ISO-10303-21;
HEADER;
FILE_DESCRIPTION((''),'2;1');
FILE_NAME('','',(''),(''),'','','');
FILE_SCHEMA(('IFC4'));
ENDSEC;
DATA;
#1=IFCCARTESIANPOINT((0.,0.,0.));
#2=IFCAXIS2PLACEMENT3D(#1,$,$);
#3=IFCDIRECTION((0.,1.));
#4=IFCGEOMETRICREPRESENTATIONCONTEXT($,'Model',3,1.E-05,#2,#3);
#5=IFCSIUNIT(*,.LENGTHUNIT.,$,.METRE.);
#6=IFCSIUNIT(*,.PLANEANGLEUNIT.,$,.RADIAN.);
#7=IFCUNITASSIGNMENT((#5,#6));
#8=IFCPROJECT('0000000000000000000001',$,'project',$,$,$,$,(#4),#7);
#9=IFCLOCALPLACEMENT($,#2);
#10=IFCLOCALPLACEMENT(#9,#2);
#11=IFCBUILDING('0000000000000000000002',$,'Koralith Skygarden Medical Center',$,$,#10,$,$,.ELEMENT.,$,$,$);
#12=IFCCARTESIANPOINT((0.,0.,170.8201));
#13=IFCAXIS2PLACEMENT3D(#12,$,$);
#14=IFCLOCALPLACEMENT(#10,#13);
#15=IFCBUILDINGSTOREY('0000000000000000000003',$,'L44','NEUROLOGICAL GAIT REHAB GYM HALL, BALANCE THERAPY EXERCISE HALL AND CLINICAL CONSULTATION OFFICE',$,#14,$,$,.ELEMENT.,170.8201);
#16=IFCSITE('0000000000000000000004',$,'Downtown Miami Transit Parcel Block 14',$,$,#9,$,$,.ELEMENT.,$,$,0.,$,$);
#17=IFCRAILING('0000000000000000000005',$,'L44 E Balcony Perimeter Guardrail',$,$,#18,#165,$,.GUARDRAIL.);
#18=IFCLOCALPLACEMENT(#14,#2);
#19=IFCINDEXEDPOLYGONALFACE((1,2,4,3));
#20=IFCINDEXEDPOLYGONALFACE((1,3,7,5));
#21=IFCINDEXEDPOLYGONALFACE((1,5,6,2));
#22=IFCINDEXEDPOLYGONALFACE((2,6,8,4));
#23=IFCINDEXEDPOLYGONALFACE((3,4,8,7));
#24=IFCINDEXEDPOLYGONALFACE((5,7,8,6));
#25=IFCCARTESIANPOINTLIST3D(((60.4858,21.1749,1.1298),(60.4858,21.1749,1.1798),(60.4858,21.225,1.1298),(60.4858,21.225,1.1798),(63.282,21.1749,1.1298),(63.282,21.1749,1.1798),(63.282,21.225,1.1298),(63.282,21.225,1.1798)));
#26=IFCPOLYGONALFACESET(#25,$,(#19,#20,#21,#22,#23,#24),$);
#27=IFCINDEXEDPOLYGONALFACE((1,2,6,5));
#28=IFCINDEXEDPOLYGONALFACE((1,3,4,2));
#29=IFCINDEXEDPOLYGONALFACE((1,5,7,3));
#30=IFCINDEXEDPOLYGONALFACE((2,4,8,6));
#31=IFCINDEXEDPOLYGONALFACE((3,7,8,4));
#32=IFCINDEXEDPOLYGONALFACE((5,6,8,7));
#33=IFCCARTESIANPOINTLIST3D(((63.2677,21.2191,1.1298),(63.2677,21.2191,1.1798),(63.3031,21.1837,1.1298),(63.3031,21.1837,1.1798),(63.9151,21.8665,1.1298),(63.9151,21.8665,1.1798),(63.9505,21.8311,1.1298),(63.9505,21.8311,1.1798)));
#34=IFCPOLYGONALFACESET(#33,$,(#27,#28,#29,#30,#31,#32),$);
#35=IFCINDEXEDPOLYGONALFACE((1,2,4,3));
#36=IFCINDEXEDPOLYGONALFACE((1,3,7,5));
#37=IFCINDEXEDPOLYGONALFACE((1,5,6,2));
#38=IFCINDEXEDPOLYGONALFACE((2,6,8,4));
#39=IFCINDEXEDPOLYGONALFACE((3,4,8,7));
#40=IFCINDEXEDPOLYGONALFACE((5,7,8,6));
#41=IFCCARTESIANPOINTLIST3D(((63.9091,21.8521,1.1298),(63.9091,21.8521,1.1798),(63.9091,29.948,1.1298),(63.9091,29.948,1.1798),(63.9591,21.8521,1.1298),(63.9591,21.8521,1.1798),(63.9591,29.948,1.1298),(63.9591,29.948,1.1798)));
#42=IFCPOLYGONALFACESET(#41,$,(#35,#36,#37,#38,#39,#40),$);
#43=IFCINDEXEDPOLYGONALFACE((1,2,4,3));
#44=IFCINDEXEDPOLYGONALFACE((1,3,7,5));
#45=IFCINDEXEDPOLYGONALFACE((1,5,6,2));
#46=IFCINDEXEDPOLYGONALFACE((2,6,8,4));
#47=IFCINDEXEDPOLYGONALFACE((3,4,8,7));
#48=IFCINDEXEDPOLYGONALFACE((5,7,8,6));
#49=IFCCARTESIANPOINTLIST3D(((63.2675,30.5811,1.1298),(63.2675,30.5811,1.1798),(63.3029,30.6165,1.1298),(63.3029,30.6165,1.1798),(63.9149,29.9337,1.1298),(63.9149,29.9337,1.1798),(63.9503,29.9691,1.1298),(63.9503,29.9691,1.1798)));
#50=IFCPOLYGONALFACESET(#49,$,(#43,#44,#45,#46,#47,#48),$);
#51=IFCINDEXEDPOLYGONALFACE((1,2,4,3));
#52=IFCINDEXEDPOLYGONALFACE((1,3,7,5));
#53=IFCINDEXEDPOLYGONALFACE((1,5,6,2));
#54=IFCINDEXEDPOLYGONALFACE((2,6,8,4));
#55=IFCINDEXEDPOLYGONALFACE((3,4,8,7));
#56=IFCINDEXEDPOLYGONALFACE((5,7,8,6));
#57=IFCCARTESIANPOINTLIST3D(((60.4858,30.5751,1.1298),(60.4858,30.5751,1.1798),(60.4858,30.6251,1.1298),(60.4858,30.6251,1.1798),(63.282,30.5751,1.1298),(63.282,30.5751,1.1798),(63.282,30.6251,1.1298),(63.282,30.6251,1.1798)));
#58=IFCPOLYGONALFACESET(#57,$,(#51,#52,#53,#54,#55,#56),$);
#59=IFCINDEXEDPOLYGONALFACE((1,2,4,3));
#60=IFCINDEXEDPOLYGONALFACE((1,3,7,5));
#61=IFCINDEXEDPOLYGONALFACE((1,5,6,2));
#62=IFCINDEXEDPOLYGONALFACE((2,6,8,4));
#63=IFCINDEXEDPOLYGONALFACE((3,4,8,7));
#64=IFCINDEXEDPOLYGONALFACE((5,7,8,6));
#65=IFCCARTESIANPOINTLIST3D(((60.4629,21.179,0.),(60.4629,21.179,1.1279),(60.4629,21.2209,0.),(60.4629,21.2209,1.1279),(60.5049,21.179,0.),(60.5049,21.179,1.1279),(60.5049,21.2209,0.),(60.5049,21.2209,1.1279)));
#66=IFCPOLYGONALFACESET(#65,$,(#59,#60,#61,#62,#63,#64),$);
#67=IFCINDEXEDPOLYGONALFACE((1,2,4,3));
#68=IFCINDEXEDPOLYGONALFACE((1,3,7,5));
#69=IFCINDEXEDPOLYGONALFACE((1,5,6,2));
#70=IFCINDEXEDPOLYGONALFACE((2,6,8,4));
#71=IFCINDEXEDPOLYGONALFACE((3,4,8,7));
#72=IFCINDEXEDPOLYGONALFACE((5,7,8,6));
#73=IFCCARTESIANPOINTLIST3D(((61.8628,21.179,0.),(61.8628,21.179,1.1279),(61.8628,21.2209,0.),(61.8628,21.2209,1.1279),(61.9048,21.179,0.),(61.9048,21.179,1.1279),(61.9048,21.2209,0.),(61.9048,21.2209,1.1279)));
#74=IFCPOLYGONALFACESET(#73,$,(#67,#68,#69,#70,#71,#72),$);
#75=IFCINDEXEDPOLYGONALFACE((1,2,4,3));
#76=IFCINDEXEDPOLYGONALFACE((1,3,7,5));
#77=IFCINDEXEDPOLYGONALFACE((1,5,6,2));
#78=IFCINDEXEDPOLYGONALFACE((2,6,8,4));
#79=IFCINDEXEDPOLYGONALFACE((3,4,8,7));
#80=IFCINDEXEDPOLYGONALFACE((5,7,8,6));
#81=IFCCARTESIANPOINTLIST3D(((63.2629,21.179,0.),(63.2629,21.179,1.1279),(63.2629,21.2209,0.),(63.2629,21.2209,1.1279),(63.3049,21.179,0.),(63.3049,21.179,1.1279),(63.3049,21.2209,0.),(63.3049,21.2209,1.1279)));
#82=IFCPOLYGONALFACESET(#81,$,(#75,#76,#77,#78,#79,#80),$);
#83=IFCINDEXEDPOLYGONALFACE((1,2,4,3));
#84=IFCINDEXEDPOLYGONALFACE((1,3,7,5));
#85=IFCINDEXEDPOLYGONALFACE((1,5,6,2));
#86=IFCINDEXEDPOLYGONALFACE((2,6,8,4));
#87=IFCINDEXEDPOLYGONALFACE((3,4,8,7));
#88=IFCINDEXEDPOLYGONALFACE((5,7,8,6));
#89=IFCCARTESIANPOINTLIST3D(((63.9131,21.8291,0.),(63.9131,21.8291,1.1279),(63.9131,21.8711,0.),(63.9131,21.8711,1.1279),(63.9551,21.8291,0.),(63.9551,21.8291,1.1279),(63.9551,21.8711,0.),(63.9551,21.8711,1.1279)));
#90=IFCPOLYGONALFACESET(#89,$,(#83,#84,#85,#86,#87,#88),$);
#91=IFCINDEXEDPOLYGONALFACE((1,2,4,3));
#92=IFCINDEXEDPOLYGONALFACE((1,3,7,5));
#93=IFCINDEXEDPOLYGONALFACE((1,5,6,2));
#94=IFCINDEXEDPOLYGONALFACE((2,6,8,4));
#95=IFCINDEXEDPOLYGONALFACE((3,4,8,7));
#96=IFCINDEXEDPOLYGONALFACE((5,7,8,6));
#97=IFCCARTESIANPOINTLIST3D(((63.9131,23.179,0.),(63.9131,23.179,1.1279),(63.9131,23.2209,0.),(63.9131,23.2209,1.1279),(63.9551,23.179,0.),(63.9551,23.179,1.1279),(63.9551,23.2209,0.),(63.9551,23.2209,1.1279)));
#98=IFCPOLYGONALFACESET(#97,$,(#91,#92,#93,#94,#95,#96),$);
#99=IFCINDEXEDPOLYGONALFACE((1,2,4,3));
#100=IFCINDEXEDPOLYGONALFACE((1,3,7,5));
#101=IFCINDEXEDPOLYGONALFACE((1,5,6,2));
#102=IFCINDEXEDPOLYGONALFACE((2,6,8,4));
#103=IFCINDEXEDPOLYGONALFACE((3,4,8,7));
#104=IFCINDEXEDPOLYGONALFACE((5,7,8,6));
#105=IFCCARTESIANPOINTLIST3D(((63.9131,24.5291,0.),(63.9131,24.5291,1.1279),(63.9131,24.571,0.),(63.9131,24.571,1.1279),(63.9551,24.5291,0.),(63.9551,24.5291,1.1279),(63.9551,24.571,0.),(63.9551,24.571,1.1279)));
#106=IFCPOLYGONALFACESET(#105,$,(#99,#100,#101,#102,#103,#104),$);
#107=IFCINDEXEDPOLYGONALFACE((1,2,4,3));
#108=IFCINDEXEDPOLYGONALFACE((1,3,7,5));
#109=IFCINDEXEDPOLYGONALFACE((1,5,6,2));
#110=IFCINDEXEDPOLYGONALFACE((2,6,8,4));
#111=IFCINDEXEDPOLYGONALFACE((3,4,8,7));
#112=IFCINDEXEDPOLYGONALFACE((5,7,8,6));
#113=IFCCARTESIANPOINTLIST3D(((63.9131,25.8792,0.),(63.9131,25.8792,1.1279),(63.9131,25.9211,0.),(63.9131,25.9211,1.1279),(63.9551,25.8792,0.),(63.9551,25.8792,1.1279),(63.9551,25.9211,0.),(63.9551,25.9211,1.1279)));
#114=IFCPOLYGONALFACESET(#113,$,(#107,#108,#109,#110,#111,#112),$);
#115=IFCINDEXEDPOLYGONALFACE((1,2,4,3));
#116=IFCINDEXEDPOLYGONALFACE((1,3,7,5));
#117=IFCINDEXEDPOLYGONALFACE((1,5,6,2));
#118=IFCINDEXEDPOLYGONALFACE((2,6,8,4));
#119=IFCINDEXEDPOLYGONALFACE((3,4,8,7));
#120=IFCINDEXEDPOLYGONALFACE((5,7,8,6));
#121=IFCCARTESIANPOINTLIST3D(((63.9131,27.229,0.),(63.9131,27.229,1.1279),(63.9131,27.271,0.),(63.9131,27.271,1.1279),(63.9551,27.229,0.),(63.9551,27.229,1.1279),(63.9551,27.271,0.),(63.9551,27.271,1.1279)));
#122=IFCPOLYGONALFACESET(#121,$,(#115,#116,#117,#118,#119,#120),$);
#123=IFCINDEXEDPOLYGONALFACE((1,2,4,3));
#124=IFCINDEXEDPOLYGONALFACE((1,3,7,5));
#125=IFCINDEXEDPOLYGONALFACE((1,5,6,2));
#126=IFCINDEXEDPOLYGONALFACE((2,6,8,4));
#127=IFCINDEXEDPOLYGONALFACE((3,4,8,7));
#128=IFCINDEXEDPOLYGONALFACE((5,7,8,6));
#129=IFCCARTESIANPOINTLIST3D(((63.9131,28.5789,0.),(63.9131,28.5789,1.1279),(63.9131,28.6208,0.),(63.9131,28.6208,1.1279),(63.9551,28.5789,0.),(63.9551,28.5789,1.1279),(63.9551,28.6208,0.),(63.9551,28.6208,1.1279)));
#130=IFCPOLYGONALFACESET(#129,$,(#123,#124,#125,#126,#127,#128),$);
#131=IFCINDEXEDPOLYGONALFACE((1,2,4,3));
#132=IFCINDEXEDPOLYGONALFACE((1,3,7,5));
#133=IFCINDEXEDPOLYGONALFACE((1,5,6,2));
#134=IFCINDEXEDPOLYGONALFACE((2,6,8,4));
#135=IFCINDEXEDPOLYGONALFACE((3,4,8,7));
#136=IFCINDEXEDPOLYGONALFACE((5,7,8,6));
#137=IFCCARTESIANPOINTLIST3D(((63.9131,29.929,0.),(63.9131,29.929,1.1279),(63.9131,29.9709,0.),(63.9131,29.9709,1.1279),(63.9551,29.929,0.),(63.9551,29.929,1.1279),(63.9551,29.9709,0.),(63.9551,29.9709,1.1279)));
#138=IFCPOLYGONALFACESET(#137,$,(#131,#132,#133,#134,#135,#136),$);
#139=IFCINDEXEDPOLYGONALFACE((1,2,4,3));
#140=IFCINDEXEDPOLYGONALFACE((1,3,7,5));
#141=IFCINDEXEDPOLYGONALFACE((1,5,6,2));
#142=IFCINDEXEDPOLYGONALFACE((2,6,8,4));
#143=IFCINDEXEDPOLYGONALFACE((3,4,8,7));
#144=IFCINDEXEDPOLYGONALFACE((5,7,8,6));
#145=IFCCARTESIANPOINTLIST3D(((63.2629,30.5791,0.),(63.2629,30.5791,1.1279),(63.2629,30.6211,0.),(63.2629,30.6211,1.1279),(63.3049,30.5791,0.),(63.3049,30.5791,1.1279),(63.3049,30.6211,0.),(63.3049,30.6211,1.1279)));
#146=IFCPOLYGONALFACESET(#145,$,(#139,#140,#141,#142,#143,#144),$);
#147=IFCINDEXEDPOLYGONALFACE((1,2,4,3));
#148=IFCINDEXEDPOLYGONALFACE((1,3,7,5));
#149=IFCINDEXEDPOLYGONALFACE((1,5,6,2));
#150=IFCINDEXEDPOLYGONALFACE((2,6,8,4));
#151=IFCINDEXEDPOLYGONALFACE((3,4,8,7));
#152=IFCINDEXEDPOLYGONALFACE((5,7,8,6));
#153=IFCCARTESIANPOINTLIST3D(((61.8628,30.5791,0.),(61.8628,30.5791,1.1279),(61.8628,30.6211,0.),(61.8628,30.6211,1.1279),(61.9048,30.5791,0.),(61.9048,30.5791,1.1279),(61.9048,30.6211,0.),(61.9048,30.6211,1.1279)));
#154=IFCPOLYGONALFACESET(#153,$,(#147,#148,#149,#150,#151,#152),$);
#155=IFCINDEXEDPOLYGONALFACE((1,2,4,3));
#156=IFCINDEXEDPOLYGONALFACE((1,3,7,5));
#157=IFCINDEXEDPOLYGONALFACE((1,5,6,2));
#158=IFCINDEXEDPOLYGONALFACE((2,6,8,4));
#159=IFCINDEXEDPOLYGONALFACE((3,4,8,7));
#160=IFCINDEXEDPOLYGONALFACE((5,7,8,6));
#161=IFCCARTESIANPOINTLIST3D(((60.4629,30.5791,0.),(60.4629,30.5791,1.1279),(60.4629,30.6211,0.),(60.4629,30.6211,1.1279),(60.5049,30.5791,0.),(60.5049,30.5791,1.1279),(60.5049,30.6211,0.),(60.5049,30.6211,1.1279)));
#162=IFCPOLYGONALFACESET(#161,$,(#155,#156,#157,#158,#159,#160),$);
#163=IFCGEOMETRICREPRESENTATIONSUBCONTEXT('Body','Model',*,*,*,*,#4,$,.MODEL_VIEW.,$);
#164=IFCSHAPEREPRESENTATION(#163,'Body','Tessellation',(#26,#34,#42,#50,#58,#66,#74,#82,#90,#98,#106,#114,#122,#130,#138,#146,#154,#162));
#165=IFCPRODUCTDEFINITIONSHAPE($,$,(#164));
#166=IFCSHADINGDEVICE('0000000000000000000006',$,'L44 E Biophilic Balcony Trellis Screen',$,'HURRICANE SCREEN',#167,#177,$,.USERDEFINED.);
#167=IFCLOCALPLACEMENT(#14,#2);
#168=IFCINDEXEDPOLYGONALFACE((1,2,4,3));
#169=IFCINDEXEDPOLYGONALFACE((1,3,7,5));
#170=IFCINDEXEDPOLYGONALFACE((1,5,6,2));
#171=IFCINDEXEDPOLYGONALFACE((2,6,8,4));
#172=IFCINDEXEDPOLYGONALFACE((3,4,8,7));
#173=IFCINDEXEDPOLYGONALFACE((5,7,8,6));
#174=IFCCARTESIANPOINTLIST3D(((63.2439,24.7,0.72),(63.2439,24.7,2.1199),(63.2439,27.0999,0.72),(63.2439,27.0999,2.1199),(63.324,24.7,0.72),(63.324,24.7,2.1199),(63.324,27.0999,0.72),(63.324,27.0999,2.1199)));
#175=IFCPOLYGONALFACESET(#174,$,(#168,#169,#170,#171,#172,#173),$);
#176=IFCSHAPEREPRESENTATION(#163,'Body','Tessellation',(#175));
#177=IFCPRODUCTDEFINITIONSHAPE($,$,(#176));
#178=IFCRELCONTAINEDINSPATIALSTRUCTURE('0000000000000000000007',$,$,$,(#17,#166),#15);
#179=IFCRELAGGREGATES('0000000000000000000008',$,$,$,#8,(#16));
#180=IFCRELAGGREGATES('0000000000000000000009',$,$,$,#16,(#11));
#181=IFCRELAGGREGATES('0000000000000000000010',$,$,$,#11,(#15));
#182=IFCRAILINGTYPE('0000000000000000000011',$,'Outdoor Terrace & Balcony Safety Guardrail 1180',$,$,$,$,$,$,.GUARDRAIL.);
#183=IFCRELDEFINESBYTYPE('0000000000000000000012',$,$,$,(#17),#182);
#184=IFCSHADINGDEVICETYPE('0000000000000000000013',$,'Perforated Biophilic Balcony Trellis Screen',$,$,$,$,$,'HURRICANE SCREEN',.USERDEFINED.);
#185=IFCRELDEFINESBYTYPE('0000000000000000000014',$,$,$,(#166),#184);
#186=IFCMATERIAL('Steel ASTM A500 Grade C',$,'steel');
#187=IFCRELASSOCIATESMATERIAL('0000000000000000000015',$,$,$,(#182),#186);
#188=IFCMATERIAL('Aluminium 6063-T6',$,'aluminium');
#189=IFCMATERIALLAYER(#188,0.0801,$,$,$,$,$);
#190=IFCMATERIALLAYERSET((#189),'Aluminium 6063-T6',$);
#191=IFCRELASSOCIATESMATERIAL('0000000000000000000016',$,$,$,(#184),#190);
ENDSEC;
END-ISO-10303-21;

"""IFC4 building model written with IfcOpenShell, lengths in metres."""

from ifc_helpers import new_model, si_unit, direction, frame, origin, origin_2d, place, context, subcontext, project, spatial, rectangle, extrude, material, layer, layer_set, type_object, element, save


model = new_model("IFC4")

# Units and contexts
model_context = context("Model", 3, precision=1e-05, world=origin(), true_north=direction((0.0, 1.0)))
body_context = subcontext(model_context, "Body", "Model", "MODEL_VIEW")
ifc_project = project(units=[si_unit("LENGTHUNIT", "METRE"), si_unit("PLANEANGLEUNIT", "RADIAN")], contexts=[model_context])

# Site, building, storey
site_placement = place(None, origin())
site = spatial("IfcSite", under=ifc_project, at=site_placement, Name="Downtown Miami Transit Parcel Block 14", CompositionType="ELEMENT", RefElevation=0.0)
building_placement = place(site_placement, origin())
building = spatial("IfcBuilding", under=site, at=building_placement, Name="Koralith Skygarden Medical Center", CompositionType="ELEMENT")
storey_placement = place(building_placement, frame((0.0, 0.0, 170.8201)))
storey = spatial("IfcBuildingStorey", under=building, at=storey_placement, Name="L44", Description="NEUROLOGICAL GAIT REHAB GYM HALL, BALANCE THERAPY EXERCISE HALL AND CLINICAL CONSULTATION OFFICE", CompositionType="ELEMENT", Elevation=170.8201)

# Shared definitions
ifc_material_1 = material(Name="Aluminium 6063-T6", Category="aluminium")

# Railing
ifc_material_2 = material(Name="Steel ASTM A500 Grade C", Category="steel")
railing_type = type_object("IfcRailingType", Name="Outdoor Terrace & Balcony Safety Guardrail 1180", PredefinedType="GUARDRAIL", material=ifc_material_2)
railing_placement = place(storey_placement, frame((60.4839, 21.2, 0.0)))
element("IfcRailing", 1, at=railing_placement, inside=storey, type_object=railing_type, Name="L44 E Balcony Perimeter Guardrail", PredefinedType="GUARDRAIL", context=body_context, shape_type="SweptSolid", body=[
    extrude(rectangle(XDim=0.05, YDim=0.05, at=origin_2d()), frame((0.002, 0.0, 1.1548), z_axis=(1.0, 0.0, 0.0), x_axis=(0.0, 1.0, 0.0)), (0.0, 0.0, 1.0), 2.7961),
    extrude(rectangle(XDim=0.05, YDim=0.05, at=origin_2d()), frame((2.8015, 0.0015, 1.1548), z_axis=(0.707107, 0.707107, 0.0), x_axis=(-0.707107, 0.707107, 0.0)), (0.0, 0.0, 1.0), 0.9155),
    extrude(rectangle(XDim=0.05, YDim=0.05, at=origin_2d()), frame((3.4502, 0.6521, 1.1548), z_axis=(0.0, 1.0, 0.0), x_axis=(-1.0, 0.0, 0.0)), (0.0, 0.0, 1.0), 8.0959),
    extrude(rectangle(XDim=0.05, YDim=0.05, at=origin_2d()), frame((3.4487, 8.7515, 1.1548), z_axis=(-0.707107, 0.707107, 0.0), x_axis=(-0.707107, -0.707107, 0.0)), (0.0, 0.0, 1.0), 0.9155),
    extrude(rectangle(XDim=0.05, YDim=0.05, at=origin_2d()), frame((2.7981, 9.4001, 1.1548), z_axis=(-1.0, 0.0, 0.0), x_axis=(0.0, -1.0, 0.0)), (0.0, 0.0, 1.0), 2.7961),
    extrude(rectangle(XDim=0.042, YDim=0.042, at=origin_2d()), origin(), (0.0, 0.0, 1.0), 1.1279),
    extrude(rectangle(XDim=0.042, YDim=0.042, at=origin_2d()), frame((1.3999, 0.0, 0.0)), (0.0, 0.0, 1.0), 1.1279),
    extrude(rectangle(XDim=0.042, YDim=0.042, at=origin_2d()), frame((2.8, 0.0, 0.0)), (0.0, 0.0, 1.0), 1.1279),
    extrude(rectangle(XDim=0.042, YDim=0.042, at=origin_2d()), frame((3.4502, 0.6501, 0.0)), (0.0, 0.0, 1.0), 1.1279),
    extrude(rectangle(XDim=0.042, YDim=0.042, at=origin_2d()), frame((3.4502, 2.0, 0.0)), (0.0, 0.0, 1.0), 1.1279),
    extrude(rectangle(XDim=0.042, YDim=0.042, at=origin_2d()), frame((3.4502, 3.3501, 0.0)), (0.0, 0.0, 1.0), 1.1279),
    extrude(rectangle(XDim=0.042, YDim=0.042, at=origin_2d()), frame((3.4502, 4.7002, 0.0)), (0.0, 0.0, 1.0), 1.1279),
    extrude(rectangle(XDim=0.042, YDim=0.042, at=origin_2d()), frame((3.4502, 6.05, 0.0)), (0.0, 0.0, 1.0), 1.1279),
    extrude(rectangle(XDim=0.042, YDim=0.042, at=origin_2d()), frame((3.4502, 7.3999, 0.0)), (0.0, 0.0, 1.0), 1.1279),
    extrude(rectangle(XDim=0.042, YDim=0.042, at=origin_2d()), frame((3.4502, 8.75, 0.0)), (0.0, 0.0, 1.0), 1.1279),
    extrude(rectangle(XDim=0.042, YDim=0.042, at=origin_2d()), frame((2.8, 9.4001, 0.0)), (0.0, 0.0, 1.0), 1.1279),
    extrude(rectangle(XDim=0.042, YDim=0.042, at=origin_2d()), frame((1.3999, 9.4001, 0.0)), (0.0, 0.0, 1.0), 1.1279),
    extrude(rectangle(XDim=0.042, YDim=0.042, at=origin_2d()), frame((0.0, 9.4001, 0.0)), (0.0, 0.0, 1.0), 1.1279),
])

# Shading device
ifc_layer_1 = layer(ifc_material_1, 0.0801)
ifc_layer_set_1 = layer_set([ifc_layer_1], Name="Aluminium 6063-T6")
shading_device_type = type_object("IfcShadingDeviceType", Name="Perforated Biophilic Balcony Trellis Screen", ElementType="HURRICANE SCREEN", PredefinedType="USERDEFINED", material=ifc_layer_set_1)
shading_device_placement = place(storey_placement, frame((63.2839, 25.8999, 0.72), z_axis=(0.0, 0.0, 1.0), x_axis=(0.0, 1.0, 0.0)))
element("IfcShadingDevice", 2, at=shading_device_placement, inside=storey, type_object=shading_device_type, Name="L44 E Biophilic Balcony Trellis Screen", ObjectType="HURRICANE SCREEN", PredefinedType="USERDEFINED", context=body_context, shape_type="SweptSolid", body=[
    extrude(rectangle(XDim=2.3999, YDim=0.0801, at=origin_2d()), origin(), (0.0, 0.0, 1.0), 1.3999),
])

save(model, "model.ifc")
